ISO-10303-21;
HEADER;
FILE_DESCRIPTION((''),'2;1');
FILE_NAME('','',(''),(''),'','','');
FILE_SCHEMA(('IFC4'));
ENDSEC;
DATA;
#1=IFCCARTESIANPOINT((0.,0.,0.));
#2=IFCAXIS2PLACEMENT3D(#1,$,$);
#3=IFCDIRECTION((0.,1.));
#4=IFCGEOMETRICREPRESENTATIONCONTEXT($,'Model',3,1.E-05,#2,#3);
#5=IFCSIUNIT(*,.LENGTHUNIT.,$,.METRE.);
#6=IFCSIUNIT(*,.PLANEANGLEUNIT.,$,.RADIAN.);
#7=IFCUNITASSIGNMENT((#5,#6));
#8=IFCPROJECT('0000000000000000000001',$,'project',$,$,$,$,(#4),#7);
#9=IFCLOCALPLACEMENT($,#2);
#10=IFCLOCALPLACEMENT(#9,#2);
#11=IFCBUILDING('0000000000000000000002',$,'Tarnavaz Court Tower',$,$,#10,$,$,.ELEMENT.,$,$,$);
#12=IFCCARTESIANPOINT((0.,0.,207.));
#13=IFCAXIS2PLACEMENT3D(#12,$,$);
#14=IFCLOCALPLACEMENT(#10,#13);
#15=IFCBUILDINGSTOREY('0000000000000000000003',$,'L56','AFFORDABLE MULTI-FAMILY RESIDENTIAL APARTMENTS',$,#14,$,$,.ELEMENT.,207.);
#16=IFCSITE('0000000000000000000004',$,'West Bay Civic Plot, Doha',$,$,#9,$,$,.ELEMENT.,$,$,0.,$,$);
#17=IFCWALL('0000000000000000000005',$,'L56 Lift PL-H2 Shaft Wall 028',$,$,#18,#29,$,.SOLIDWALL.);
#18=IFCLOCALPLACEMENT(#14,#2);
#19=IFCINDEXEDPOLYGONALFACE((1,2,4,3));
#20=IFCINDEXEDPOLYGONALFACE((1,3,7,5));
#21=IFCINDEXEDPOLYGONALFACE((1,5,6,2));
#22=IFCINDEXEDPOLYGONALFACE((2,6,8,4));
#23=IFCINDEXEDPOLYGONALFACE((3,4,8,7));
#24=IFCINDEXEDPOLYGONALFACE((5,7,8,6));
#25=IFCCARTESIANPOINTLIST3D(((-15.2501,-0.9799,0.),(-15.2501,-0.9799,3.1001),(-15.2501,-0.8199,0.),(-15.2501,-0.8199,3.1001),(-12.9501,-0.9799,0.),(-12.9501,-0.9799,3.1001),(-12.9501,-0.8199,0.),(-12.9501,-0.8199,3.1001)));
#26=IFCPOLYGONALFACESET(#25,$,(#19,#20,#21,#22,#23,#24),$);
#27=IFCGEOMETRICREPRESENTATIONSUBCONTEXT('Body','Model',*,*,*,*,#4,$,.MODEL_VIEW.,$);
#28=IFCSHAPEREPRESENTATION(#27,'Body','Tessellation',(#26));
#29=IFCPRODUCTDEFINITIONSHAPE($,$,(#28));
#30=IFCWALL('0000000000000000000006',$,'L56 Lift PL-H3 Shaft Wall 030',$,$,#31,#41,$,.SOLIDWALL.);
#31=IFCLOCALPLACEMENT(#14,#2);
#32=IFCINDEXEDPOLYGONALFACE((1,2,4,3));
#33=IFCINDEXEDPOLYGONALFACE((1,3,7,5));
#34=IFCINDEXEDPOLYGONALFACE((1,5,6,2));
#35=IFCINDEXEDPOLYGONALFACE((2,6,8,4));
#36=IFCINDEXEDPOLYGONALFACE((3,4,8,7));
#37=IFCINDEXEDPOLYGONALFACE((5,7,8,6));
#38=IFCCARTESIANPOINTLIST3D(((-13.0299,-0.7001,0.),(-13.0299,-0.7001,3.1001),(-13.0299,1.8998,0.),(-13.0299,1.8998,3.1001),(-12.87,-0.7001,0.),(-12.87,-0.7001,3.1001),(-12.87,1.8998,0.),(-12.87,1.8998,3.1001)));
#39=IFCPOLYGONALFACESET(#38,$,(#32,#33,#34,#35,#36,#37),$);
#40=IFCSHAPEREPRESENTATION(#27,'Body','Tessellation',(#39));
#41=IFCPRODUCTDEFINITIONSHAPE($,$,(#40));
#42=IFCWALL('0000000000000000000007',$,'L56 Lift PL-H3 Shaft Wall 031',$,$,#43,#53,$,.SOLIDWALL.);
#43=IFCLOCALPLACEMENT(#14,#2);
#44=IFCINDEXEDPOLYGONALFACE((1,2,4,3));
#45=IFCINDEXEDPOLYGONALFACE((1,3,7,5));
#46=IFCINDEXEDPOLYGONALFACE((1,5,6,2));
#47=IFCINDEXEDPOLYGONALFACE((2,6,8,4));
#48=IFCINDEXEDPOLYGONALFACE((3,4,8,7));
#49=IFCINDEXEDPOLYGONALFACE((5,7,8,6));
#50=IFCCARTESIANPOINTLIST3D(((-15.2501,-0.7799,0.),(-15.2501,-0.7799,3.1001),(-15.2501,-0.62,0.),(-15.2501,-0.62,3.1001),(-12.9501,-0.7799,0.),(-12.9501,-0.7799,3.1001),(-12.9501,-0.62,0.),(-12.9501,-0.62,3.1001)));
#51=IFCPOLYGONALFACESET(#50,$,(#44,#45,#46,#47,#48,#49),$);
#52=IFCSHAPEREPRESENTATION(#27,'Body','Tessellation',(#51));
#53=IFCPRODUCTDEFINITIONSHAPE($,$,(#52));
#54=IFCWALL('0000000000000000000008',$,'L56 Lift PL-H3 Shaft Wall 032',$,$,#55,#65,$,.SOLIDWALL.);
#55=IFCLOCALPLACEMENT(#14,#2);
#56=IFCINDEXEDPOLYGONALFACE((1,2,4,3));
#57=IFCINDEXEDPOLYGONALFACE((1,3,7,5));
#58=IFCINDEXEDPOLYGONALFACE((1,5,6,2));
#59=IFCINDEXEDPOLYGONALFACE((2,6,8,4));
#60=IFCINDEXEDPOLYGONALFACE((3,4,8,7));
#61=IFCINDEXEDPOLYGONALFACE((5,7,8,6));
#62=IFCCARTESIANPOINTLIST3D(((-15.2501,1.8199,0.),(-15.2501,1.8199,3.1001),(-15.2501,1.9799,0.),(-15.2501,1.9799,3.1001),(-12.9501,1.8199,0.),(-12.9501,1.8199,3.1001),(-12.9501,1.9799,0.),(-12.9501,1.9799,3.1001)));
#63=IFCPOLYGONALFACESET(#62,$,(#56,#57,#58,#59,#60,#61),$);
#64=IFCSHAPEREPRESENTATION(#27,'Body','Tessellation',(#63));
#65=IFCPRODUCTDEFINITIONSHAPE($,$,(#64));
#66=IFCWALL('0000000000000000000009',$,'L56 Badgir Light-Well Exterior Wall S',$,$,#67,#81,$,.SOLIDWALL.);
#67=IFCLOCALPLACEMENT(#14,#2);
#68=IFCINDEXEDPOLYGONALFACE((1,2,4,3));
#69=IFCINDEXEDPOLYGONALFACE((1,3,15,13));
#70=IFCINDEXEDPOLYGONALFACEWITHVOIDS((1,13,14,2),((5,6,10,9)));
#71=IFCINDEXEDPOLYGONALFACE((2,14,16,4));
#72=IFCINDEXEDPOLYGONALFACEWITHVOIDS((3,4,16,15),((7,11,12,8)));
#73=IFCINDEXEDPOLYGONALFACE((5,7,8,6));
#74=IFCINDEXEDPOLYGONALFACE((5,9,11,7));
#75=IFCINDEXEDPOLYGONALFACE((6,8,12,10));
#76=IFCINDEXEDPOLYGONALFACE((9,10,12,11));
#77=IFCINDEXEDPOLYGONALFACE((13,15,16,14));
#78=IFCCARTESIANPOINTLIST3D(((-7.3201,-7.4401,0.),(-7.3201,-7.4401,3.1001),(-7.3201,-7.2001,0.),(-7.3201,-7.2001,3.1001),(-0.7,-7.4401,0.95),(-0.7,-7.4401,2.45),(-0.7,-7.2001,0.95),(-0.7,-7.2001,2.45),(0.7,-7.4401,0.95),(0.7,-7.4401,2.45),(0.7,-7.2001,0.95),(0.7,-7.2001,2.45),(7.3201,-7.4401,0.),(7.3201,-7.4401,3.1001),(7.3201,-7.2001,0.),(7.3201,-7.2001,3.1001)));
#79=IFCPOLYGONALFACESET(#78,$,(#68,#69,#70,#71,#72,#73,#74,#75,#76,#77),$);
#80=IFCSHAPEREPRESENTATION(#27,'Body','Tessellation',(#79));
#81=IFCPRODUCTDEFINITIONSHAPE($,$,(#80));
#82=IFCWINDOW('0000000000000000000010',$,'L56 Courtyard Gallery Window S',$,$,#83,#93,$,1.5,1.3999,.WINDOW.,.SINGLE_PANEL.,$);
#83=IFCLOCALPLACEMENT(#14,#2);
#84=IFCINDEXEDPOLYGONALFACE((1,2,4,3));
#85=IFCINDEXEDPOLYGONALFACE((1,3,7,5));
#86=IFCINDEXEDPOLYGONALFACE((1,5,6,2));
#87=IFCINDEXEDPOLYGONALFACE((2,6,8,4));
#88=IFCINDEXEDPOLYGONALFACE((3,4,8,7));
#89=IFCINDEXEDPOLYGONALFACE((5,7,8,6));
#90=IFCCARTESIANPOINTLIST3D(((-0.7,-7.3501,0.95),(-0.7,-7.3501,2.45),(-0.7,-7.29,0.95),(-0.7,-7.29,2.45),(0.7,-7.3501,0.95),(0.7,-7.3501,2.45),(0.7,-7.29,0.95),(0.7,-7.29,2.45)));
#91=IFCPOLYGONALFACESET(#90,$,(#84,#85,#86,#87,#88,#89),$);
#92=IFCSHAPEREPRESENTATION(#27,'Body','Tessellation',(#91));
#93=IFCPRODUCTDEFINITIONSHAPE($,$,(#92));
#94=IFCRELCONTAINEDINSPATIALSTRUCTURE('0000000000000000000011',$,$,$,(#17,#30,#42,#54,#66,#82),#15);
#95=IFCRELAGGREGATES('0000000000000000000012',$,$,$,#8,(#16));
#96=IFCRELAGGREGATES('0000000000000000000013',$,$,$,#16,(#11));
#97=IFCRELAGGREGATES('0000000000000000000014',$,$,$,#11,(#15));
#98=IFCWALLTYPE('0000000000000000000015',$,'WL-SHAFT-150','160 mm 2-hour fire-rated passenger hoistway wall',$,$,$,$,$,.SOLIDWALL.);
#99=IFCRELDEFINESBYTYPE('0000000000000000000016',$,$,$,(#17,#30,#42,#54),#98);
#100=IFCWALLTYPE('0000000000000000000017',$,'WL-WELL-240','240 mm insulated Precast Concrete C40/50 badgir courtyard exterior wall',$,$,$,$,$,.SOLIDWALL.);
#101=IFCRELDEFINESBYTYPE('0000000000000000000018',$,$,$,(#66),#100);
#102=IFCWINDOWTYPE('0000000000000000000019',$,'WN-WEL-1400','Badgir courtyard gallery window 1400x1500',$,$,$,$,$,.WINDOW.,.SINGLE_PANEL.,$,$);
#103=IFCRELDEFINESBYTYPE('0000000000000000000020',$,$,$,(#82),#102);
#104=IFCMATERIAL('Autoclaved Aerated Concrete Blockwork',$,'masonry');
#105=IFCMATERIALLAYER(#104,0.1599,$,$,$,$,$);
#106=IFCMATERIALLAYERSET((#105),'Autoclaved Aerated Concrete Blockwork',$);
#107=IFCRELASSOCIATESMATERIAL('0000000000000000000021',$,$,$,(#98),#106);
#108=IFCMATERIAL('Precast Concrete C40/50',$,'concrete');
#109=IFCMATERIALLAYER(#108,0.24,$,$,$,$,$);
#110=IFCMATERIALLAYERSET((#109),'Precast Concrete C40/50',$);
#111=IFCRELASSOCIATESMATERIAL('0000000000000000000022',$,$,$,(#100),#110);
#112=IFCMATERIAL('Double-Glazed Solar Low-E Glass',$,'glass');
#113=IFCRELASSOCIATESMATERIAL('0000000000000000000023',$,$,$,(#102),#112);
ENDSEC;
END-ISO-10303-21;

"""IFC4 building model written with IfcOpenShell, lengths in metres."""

from ifc_helpers import new_model, si_unit, direction, frame, frame_2d, origin, place, context, subcontext, project, spatial, rectangle, extrude, material, layer, layer_set, type_object, element, fill, save


model = new_model("IFC4")

# Units and contexts
model_context = context("Model", 3, precision=1e-05, world=origin(), true_north=direction((0.0, 1.0)))
body_context = subcontext(model_context, "Body", "Model", "MODEL_VIEW")
ifc_project = project(units=[si_unit("LENGTHUNIT", "METRE"), si_unit("PLANEANGLEUNIT", "RADIAN")], contexts=[model_context])

# Site, building, storey
site_placement = place(None, origin())
site = spatial("IfcSite", under=ifc_project, at=site_placement, Name="West Bay Civic Plot, Doha", CompositionType="ELEMENT", RefElevation=0.0)
building_placement = place(site_placement, origin())
building = spatial("IfcBuilding", under=site, at=building_placement, Name="Tarnavaz Court Tower", CompositionType="ELEMENT")
storey_placement = place(building_placement, frame((0.0, 0.0, 207.0)))
storey = spatial("IfcBuildingStorey", under=building, at=storey_placement, Name="L56", Description="AFFORDABLE MULTI-FAMILY RESIDENTIAL APARTMENTS", CompositionType="ELEMENT", Elevation=207.0)

# Shared definitions
ifc_material_1 = material(Name="Autoclaved Aerated Concrete Blockwork", Category="masonry")

# Shared definitions
ifc_layer_1 = layer(ifc_material_1, 0.1599)
ifc_layer_set_1 = layer_set([ifc_layer_1], Name="Autoclaved Aerated Concrete Blockwork")
wall_type_1 = type_object("IfcWallType", Name="WL-SHAFT-150", Description="160 mm 2-hour fire-rated passenger hoistway wall", PredefinedType="SOLIDWALL", material=ifc_layer_set_1)

# Wall
for number, where, z_axis, x_axis, name in (
    (1, (-15.25, -0.8999, 0.0), (0.0, 0.0, 1.0), (1.0, 0.0, 0.0), "L56 Lift PL-H2 Shaft Wall 028"),
):
    element("IfcWall", number, at=place(storey_placement, frame(where, z_axis=z_axis, x_axis=x_axis)), inside=storey, type_object=wall_type_1, Name=name, PredefinedType="SOLIDWALL", context=body_context, shape_type="SweptSolid", body=[
        extrude(rectangle(XDim=2.3, YDim=0.1599, at=frame_2d((1.1499, 0.0))), origin(), (0.0, 0.0, 1.0), 3.1001),
    ])

# Walls
wall_1_placement = place(storey_placement, frame((-12.95, -0.7, 0.0), z_axis=(0.0, 0.0, 1.0), x_axis=(0.0, 1.0, 0.0)))
element("IfcWall", 2, at=wall_1_placement, inside=storey, type_object=wall_type_1, Name="L56 Lift PL-H3 Shaft Wall 030", PredefinedType="SOLIDWALL", context=body_context, shape_type="SweptSolid", body=[
    extrude(rectangle(XDim=2.5999, YDim=0.1599, at=frame_2d((1.2998, 0.0))), origin(), (0.0, 0.0, 1.0), 3.1001),
])
for number, where, z_axis, x_axis, name in (
    (3, (-15.25, -0.7, 0.0), (0.0, 0.0, 1.0), (1.0, 0.0, 0.0), "L56 Lift PL-H3 Shaft Wall 031"),
    (4, (-15.25, 1.8999, 0.0), (0.0, 0.0, 1.0), (1.0, 0.0, 0.0), "L56 Lift PL-H3 Shaft Wall 032"),
):
    element("IfcWall", number, at=place(storey_placement, frame(where, z_axis=z_axis, x_axis=x_axis)), inside=storey, type_object=wall_type_1, Name=name, PredefinedType="SOLIDWALL", context=body_context, shape_type="SweptSolid", body=[
        extrude(rectangle(XDim=2.3, YDim=0.1599, at=frame_2d((1.1499, 0.0))), origin(), (0.0, 0.0, 1.0), 3.1001),
    ])

# Wall, opening, window
ifc_material_2 = material(Name="Precast Concrete C40/50", Category="concrete")
ifc_layer_2 = layer(ifc_material_2, 0.24)
ifc_layer_set_2 = layer_set([ifc_layer_2], Name="Precast Concrete C40/50")
wall_type_2 = type_object("IfcWallType", Name="WL-WELL-240", Description="240 mm insulated Precast Concrete C40/50 badgir courtyard exterior wall", PredefinedType="SOLIDWALL", material=ifc_layer_set_2)
wall_2_placement = place(storey_placement, frame((-7.3201, -7.3201, 0.0), z_axis=(0.0, 0.0, 1.0), x_axis=(1.0, 0.0, 0.0)))
wall_2 = element("IfcWall", 5, at=wall_2_placement, inside=storey, type_object=wall_type_2, Name="L56 Badgir Light-Well Exterior Wall S", PredefinedType="SOLIDWALL", context=body_context, shape_type="SweptSolid", body=[
    extrude(rectangle(XDim=14.6401, YDim=0.24, at=frame_2d((7.3201, 0.0))), origin(), (0.0, 0.0, 1.0), 3.1001),
])
opening_1_placement = place(wall_2_placement, frame((6.6201, 0.0, 0.95)))
opening_1 = element("IfcOpeningElement", 6, at=opening_1_placement, cuts=wall_2, PredefinedType="OPENING", context=body_context, shape_type="SweptSolid", body=[
    extrude(rectangle(XDim=1.3999, YDim=1.5, at=frame_2d((0.7, 0.75))), frame((0.0, 0.1299, 0.0), z_axis=(0.0, -1.0, 0.0), x_axis=(1.0, 0.0, 0.0)), (0.0, 0.0, 1.0), 0.26),
])
ifc_material_3 = material(Name="Double-Glazed Solar Low-E Glass", Category="glass")
window_type = type_object("IfcWindowType", Name="WN-WEL-1400", Description="Badgir courtyard gallery window 1400x1500", PartitioningType="SINGLE_PANEL", PredefinedType="WINDOW", material=ifc_material_3)
window_placement = place(opening_1_placement, origin())
window = element("IfcWindow", 7, at=window_placement, inside=storey, type_object=window_type, Name="L56 Courtyard Gallery Window S", OverallHeight=1.5, OverallWidth=1.3999, PartitioningType="SINGLE_PANEL", PredefinedType="WINDOW", context=body_context, shape_type="SweptSolid", body=[
    extrude(rectangle(XDim=1.3999, YDim=1.5, at=frame_2d((0.7, 0.75))), frame((0.0, 0.03, 0.0), z_axis=(0.0, -1.0, 0.0), x_axis=(1.0, 0.0, 0.0)), (0.0, 0.0, 1.0), 0.0601),
])
fill(opening_1, window)

save(model, "model.ifc")
